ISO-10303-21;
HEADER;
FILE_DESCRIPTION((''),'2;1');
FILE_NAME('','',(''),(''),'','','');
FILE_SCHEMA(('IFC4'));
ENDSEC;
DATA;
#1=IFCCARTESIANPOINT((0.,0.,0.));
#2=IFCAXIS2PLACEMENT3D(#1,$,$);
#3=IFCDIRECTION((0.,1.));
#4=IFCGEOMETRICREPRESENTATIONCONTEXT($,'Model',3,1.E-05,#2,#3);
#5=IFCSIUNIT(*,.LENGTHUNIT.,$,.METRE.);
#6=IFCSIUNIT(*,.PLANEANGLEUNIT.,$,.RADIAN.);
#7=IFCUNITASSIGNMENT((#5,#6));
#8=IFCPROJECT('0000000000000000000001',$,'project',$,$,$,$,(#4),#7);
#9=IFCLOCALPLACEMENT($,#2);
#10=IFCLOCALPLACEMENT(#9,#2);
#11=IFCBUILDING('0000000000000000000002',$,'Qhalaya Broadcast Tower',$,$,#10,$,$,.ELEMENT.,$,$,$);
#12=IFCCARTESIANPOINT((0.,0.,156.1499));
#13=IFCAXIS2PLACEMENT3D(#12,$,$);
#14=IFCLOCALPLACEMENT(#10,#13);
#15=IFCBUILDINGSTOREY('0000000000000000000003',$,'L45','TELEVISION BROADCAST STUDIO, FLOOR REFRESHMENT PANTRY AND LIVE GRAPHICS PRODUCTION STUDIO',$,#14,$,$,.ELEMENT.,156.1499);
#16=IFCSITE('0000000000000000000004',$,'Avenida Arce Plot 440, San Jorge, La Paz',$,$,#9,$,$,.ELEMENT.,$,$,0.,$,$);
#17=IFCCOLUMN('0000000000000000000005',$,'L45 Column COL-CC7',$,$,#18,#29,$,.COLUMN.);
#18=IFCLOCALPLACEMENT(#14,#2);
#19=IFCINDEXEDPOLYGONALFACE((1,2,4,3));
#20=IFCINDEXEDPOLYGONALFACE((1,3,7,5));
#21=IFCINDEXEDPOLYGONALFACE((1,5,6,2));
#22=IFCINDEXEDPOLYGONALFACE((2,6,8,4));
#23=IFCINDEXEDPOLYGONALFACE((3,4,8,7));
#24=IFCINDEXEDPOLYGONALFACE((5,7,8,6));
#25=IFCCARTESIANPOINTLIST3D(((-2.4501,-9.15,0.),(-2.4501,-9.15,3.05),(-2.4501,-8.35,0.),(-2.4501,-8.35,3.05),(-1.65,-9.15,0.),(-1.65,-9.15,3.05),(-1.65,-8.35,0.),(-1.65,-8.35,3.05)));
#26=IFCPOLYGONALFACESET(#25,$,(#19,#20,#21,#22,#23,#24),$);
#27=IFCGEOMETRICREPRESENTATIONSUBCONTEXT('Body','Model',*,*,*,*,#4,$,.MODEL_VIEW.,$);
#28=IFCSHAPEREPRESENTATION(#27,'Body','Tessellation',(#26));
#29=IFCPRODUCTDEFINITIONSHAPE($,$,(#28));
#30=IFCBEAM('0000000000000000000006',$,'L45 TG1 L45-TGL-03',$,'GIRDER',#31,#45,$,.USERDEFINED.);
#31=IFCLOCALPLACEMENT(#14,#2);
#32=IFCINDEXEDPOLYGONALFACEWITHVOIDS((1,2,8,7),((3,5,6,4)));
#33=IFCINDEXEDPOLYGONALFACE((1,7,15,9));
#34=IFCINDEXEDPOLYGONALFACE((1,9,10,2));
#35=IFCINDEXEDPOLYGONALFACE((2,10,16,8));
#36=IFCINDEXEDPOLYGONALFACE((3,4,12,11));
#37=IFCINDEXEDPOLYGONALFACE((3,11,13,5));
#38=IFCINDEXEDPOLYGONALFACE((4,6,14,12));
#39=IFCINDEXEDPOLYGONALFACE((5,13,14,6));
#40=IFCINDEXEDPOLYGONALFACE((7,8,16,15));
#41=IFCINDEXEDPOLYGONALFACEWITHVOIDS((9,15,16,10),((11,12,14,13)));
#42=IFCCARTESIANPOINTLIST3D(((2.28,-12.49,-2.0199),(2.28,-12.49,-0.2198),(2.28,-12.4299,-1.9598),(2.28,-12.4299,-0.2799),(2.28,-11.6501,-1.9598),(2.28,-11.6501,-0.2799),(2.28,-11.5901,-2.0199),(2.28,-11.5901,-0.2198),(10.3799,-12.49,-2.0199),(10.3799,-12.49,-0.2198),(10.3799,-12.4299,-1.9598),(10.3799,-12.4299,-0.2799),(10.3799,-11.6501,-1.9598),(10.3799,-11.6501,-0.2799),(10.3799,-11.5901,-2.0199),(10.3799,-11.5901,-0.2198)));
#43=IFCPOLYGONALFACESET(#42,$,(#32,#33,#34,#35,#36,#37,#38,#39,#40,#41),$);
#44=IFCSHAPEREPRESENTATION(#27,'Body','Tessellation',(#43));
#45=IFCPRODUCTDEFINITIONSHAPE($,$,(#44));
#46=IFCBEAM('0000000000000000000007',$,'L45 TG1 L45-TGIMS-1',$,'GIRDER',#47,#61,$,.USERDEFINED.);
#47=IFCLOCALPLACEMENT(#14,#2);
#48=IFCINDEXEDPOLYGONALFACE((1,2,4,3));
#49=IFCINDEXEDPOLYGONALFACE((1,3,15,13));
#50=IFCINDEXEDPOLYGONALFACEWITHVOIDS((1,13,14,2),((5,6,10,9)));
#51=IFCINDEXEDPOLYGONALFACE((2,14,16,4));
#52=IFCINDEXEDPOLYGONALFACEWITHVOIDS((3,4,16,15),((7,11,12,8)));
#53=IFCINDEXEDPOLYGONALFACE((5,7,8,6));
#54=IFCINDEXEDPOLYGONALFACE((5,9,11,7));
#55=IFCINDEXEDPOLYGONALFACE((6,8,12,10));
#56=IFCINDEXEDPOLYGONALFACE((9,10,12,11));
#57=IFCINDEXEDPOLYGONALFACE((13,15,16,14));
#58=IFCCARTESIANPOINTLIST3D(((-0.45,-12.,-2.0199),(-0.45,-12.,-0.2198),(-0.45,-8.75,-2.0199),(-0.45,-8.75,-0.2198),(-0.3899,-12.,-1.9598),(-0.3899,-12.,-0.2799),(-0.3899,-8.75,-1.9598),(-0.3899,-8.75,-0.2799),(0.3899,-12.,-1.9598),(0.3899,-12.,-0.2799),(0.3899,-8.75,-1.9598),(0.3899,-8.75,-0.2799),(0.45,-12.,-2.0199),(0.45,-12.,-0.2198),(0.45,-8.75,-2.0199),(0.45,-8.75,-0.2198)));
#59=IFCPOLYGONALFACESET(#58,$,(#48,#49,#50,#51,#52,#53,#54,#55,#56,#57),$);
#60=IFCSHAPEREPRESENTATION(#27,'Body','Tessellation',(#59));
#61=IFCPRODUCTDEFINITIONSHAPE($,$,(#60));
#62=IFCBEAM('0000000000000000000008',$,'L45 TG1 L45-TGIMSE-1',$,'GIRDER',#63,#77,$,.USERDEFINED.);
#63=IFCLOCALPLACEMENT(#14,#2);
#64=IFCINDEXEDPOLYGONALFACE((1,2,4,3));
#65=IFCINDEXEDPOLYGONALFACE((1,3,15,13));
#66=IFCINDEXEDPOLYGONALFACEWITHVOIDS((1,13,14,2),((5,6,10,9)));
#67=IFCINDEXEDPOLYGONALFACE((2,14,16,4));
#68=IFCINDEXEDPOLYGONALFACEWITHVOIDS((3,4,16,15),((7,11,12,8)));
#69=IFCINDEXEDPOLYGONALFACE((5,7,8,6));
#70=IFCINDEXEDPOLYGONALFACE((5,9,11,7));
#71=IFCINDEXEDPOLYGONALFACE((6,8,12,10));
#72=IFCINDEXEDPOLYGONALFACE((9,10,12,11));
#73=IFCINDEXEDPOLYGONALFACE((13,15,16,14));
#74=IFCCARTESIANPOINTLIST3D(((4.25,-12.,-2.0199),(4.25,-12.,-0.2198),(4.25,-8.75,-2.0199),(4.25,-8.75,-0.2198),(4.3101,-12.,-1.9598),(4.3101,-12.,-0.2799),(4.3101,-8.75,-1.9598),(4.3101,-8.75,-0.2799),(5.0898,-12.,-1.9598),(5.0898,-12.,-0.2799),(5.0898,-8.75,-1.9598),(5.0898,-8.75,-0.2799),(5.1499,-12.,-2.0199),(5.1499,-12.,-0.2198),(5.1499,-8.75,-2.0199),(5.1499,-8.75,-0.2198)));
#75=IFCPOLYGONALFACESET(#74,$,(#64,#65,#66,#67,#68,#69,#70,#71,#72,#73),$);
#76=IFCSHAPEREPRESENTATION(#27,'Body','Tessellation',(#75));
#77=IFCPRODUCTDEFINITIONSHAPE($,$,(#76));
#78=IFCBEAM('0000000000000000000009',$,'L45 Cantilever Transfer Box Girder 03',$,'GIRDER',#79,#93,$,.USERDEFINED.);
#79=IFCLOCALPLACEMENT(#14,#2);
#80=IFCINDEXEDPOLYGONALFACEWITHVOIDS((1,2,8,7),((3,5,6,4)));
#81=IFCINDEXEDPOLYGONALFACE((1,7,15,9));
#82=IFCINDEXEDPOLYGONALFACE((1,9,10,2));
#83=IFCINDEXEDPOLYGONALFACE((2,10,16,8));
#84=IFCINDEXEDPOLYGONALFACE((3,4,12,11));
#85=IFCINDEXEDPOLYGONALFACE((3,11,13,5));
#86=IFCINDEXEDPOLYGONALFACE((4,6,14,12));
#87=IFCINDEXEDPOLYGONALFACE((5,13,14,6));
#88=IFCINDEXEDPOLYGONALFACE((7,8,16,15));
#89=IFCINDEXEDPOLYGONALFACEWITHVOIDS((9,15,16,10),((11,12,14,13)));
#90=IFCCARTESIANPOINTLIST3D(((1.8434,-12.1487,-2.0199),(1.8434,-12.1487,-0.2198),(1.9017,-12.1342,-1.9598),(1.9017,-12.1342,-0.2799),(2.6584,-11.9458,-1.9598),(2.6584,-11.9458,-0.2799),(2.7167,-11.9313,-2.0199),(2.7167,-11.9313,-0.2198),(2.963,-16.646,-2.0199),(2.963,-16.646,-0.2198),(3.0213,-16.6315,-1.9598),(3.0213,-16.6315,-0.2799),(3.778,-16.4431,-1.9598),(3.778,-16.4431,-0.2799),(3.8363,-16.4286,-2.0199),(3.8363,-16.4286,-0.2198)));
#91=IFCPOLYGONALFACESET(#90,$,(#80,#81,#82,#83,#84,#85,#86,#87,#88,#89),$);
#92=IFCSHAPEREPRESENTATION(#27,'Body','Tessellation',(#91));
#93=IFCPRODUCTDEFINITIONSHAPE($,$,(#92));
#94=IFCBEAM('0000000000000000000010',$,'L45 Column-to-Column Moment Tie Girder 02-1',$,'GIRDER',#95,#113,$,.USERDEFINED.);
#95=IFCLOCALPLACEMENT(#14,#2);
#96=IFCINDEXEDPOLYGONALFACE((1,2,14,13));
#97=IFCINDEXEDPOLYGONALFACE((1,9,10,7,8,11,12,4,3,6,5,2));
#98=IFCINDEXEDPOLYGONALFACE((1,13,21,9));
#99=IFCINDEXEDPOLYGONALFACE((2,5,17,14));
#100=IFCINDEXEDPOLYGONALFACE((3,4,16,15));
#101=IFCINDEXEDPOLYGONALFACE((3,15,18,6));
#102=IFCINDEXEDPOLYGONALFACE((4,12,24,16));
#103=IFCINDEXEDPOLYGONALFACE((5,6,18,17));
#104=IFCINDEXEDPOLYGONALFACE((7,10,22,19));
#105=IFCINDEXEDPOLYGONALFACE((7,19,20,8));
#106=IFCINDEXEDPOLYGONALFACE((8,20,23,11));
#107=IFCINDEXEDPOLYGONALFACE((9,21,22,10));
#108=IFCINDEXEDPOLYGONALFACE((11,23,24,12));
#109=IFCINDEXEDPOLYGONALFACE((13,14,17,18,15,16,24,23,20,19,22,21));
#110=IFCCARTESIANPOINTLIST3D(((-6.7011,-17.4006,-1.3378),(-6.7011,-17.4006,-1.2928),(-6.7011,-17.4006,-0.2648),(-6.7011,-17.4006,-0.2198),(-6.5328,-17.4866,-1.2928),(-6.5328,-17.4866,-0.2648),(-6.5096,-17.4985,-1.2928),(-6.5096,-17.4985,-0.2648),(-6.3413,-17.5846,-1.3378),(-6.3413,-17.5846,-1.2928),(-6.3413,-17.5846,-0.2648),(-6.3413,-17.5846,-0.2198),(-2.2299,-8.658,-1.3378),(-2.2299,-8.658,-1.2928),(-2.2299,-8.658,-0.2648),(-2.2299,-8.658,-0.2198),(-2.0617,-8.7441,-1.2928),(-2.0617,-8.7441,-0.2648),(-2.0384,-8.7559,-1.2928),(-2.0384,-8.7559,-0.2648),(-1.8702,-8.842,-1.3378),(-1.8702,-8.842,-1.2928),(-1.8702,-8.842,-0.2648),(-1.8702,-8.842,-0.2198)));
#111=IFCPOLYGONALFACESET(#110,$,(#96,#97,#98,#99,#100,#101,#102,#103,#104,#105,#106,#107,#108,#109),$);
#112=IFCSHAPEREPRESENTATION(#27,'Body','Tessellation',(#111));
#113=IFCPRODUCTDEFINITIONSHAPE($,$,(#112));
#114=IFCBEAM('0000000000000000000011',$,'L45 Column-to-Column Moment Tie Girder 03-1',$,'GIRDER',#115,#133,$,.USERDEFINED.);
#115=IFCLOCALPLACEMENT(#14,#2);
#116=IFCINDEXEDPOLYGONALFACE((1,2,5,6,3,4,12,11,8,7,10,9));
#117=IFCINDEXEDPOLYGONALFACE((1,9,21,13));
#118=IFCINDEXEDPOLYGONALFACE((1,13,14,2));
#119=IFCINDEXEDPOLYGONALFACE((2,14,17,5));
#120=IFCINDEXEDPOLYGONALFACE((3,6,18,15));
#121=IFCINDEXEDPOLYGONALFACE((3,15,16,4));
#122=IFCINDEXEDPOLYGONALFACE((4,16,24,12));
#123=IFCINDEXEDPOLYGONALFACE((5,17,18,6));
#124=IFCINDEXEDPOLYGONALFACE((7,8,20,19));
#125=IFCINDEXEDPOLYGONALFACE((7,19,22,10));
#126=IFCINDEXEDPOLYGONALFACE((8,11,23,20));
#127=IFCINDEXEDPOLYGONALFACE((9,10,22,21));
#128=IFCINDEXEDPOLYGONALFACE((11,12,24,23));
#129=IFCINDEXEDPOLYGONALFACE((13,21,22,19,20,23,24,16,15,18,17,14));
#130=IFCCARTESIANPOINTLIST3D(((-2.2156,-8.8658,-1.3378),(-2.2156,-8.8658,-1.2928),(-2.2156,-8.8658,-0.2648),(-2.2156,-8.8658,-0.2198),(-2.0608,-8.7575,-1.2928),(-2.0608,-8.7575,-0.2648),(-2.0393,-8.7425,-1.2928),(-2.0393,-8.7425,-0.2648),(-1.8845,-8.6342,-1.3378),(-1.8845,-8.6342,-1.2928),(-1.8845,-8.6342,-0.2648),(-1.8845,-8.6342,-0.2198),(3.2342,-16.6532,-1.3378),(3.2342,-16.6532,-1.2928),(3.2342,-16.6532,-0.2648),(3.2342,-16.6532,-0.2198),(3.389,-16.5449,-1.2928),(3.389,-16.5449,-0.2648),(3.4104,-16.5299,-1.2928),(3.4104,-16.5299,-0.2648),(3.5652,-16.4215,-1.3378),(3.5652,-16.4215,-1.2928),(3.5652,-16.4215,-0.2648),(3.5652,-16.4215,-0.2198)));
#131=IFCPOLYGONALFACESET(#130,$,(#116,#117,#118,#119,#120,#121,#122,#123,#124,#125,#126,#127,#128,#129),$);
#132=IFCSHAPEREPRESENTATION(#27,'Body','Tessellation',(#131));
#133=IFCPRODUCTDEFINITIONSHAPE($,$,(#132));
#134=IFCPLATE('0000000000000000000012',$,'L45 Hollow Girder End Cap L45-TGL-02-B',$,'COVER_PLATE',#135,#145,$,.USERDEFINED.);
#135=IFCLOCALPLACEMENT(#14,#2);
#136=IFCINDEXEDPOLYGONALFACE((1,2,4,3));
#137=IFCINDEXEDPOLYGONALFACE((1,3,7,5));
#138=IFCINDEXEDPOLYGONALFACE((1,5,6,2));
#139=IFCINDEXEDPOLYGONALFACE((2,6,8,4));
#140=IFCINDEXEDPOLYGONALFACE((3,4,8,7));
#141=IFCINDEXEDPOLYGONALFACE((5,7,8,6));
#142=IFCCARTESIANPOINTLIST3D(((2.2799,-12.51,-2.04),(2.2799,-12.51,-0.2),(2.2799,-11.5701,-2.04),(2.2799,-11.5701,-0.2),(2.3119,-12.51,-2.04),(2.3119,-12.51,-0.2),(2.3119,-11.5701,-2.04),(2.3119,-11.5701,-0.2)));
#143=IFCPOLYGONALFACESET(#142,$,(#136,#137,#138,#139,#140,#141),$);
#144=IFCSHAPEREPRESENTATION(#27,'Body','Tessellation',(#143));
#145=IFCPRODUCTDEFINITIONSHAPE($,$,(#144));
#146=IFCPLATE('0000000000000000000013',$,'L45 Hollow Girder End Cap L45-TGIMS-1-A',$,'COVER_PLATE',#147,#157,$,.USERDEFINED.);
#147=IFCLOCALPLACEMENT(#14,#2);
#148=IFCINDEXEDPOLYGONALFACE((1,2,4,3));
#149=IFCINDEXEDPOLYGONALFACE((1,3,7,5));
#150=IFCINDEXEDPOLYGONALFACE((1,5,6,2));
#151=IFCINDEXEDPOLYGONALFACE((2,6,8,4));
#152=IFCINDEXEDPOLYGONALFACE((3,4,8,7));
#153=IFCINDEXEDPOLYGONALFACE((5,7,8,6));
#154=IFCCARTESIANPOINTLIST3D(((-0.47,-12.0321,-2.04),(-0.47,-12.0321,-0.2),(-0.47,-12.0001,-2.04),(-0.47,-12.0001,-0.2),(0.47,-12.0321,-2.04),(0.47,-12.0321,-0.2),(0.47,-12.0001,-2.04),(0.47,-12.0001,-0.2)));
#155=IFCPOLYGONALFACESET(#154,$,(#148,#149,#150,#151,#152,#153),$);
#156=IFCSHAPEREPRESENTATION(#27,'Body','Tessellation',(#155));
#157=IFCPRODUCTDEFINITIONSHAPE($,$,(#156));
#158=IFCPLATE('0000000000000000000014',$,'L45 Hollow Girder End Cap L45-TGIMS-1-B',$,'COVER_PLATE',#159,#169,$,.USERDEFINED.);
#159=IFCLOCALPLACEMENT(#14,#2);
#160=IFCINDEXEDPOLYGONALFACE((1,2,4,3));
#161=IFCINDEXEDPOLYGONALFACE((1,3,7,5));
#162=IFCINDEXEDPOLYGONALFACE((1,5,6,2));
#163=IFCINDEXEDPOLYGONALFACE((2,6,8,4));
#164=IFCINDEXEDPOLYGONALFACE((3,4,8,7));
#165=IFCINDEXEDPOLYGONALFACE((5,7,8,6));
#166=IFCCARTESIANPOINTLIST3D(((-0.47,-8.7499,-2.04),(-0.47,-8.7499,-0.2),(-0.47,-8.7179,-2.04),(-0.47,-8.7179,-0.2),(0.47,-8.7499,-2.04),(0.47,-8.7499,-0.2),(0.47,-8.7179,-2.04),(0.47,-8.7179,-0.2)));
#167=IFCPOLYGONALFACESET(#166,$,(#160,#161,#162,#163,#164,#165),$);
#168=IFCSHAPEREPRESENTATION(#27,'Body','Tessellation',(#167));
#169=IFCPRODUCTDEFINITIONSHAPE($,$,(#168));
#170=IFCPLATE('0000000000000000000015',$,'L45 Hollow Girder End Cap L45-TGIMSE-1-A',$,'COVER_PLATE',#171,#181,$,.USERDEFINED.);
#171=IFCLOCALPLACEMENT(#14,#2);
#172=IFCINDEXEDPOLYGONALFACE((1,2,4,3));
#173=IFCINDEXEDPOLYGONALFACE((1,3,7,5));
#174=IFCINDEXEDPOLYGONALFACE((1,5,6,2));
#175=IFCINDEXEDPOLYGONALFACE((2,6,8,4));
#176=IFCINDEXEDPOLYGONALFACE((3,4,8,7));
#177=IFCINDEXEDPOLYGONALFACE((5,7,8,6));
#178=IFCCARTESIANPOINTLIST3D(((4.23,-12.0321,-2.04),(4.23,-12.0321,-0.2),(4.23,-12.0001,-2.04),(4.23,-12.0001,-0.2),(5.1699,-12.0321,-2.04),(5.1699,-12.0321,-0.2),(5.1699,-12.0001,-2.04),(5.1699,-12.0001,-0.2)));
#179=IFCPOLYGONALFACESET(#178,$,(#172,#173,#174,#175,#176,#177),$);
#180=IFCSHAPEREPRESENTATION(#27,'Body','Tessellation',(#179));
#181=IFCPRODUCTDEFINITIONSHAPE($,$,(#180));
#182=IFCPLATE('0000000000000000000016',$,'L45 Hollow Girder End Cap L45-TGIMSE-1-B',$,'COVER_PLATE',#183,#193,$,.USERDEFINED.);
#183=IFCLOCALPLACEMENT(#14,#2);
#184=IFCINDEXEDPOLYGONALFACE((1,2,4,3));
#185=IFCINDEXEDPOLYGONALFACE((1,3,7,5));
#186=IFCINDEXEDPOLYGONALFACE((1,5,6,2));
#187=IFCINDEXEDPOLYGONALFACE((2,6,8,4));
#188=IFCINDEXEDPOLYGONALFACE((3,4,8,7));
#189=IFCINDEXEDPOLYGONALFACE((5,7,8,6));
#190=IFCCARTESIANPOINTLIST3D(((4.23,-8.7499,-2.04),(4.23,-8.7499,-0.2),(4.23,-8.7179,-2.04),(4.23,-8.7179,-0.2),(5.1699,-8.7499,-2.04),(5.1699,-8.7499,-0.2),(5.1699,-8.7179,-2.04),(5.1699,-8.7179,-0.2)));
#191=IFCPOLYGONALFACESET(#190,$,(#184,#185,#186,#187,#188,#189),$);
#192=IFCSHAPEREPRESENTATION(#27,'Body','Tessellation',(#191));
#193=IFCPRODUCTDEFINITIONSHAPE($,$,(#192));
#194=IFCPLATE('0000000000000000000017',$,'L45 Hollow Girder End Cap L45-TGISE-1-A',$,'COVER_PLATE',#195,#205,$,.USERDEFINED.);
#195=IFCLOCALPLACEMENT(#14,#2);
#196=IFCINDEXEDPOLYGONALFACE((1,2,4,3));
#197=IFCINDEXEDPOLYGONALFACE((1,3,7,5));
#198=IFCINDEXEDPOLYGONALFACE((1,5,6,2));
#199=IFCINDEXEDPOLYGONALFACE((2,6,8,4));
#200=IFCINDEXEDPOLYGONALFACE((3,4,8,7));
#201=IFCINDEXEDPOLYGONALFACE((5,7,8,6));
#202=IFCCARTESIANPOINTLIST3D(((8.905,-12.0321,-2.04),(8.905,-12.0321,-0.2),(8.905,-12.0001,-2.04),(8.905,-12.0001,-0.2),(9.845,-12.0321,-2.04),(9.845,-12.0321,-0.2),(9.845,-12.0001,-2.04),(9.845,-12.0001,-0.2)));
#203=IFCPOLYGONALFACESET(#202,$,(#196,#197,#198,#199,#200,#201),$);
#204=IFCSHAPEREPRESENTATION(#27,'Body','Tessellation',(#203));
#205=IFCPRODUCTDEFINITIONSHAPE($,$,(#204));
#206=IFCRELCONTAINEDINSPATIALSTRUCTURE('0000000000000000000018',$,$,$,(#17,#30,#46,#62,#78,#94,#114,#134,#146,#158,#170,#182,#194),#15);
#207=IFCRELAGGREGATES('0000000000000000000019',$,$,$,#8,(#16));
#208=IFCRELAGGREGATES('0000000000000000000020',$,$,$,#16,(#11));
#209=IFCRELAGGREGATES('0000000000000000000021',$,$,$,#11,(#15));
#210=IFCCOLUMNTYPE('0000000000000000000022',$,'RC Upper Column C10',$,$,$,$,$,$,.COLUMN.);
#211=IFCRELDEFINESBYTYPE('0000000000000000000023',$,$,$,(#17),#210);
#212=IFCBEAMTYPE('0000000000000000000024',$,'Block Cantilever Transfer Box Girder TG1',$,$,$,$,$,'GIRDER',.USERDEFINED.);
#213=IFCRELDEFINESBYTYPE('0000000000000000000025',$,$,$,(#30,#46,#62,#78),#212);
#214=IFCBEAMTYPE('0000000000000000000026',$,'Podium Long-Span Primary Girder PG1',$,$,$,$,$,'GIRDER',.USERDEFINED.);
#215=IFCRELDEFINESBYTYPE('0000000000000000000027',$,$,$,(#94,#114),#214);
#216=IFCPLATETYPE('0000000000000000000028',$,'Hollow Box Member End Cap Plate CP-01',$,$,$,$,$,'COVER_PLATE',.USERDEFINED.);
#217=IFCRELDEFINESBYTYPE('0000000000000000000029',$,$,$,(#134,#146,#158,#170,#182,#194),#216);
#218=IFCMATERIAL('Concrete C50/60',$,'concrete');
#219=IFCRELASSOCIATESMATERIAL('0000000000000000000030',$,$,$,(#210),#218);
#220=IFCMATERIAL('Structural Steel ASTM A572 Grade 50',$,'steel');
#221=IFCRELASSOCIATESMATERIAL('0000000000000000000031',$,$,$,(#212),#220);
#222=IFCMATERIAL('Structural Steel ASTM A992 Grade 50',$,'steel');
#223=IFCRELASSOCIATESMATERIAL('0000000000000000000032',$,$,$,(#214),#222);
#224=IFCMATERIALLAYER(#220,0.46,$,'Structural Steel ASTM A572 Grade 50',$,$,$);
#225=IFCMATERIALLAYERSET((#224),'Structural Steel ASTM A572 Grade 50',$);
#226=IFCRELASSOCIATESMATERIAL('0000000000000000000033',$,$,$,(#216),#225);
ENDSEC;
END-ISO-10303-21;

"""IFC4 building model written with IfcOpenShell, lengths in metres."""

from ifc_helpers import new_model, si_unit, direction, frame, origin, origin_2d, place, context, subcontext, project, spatial, rectangle, hollow_rectangle, i_section, extrude, material, layer, layer_set, material_profile, profile_set, type_object, element, save


model = new_model("IFC4")

# Units and contexts
model_context = context("Model", 3, precision=1e-05, world=origin(), true_north=direction((0.0, 1.0)))
body_context = subcontext(model_context, "Body", "Model", "MODEL_VIEW")
ifc_project = project(units=[si_unit("LENGTHUNIT", "METRE"), si_unit("PLANEANGLEUNIT", "RADIAN")], contexts=[model_context])

# Site, building, storey
site_placement = place(None, origin())
site = spatial("IfcSite", under=ifc_project, at=site_placement, Name="Avenida Arce Plot 440, San Jorge, La Paz", CompositionType="ELEMENT", RefElevation=0.0)
building_placement = place(site_placement, origin())
building = spatial("IfcBuilding", under=site, at=building_placement, Name="Qhalaya Broadcast Tower", CompositionType="ELEMENT")
storey_placement = place(building_placement, frame((0.0, 0.0, 156.1499)))
storey = spatial("IfcBuildingStorey", under=building, at=storey_placement, Name="L45", Description="TELEVISION BROADCAST STUDIO, FLOOR REFRESHMENT PANTRY AND LIVE GRAPHICS PRODUCTION STUDIO", CompositionType="ELEMENT", Elevation=156.1499)

# Column
ifc_material_1 = material(Name="Concrete C50/60", Category="concrete")
ifc_material_profile_1 = material_profile(ifc_material_1, rectangle(XDim=0.8, YDim=0.8, at=origin_2d()), Name="RC-COL 800x800")
ifc_profile_set_1 = profile_set([ifc_material_profile_1], Name="Concrete C50/60")
column_type = type_object("IfcColumnType", Name="RC Upper Column C10", PredefinedType="COLUMN", material=ifc_profile_set_1)
column_placement = place(storey_placement, frame((-2.05, -8.75, 0.0), z_axis=(0.0, 0.0, 1.0), x_axis=(1.0, 0.0, 0.0)))
element("IfcColumn", 1, at=column_placement, inside=storey, type_object=column_type, Name="L45 Column COL-CC7", PredefinedType="COLUMN", context=body_context, shape_type="SweptSolid", body=[
    extrude(rectangle(XDim=0.8, YDim=0.8, at=origin_2d()), origin(), (0.0, 0.0, 1.0), 3.05),
])

# Beams
ifc_material_2 = material(Name="Structural Steel ASTM A572 Grade 50", Category="steel")
ifc_material_profile_2 = material_profile(ifc_material_2, hollow_rectangle(XDim=0.8999, YDim=1.8, WallThickness=0.0601, at=origin_2d()), Name="BOX 900x1800x60")
ifc_profile_set_2 = profile_set([ifc_material_profile_2], Name="Structural Steel ASTM A572 Grade 50")
beam_type_1 = type_object("IfcBeamType", Name="Block Cantilever Transfer Box Girder TG1", ElementType="GIRDER", PredefinedType="USERDEFINED", material=ifc_profile_set_2)
beam_1_placement = place(storey_placement, frame((2.28, -12.04, -1.1199), z_axis=(1.0, 0.0, 0.0), x_axis=(0.0, 1.0, 0.0)))
element("IfcBeam", 2, at=beam_1_placement, inside=storey, type_object=beam_type_1, Name="L45 TG1 L45-TGL-03", ObjectType="GIRDER", PredefinedType="USERDEFINED", context=body_context, shape_type="SweptSolid", body=[
    extrude(hollow_rectangle(XDim=0.8999, YDim=1.8, WallThickness=0.0601, at=origin_2d()), origin(), (0.0, 0.0, 1.0), 8.0999),
])
for number, where, z_axis, x_axis, name in (
    (3, (0.0, -12.0, -1.1199), (0.0, 1.0, 0.0), (-1.0, 0.0, 0.0), "L45 TG1 L45-TGIMS-1"),
    (4, (4.7, -12.0, -1.1199), (0.0, 1.0, 0.0), (-1.0, 0.0, 0.0), "L45 TG1 L45-TGIMSE-1"),
):
    element("IfcBeam", number, at=place(storey_placement, frame(where, z_axis=z_axis, x_axis=x_axis)), inside=storey, type_object=beam_type_1, Name=name, ObjectType="GIRDER", PredefinedType="USERDEFINED", context=body_context, shape_type="SweptSolid", body=[
        extrude(hollow_rectangle(XDim=0.8999, YDim=1.8, WallThickness=0.0601, at=origin_2d()), origin(), (0.0, 0.0, 1.0), 3.25),
    ])
beam_2_placement = place(storey_placement, frame((2.28, -12.04, -1.1199), z_axis=(0.241581, -0.970381, 0.0), x_axis=(0.970381, 0.241581, 0.0)))
element("IfcBeam", 5, at=beam_2_placement, inside=storey, type_object=beam_type_1, Name="L45 Cantilever Transfer Box Girder 03", ObjectType="GIRDER", PredefinedType="USERDEFINED", context=body_context, shape_type="SweptSolid", body=[
    extrude(hollow_rectangle(XDim=0.8999, YDim=1.8, WallThickness=0.0601, at=origin_2d()), origin(), (0.0, 0.0, 1.0), 4.6345),
])
ifc_material_3 = material(Name="Structural Steel ASTM A992 Grade 50", Category="steel")
ifc_material_profile_3 = material_profile(ifc_material_3, i_section(OverallWidth=0.4041, OverallDepth=1.1179, WebThickness=0.0261, FlangeThickness=0.0449, at=origin_2d()), Name="W44X335")
ifc_profile_set_3 = profile_set([ifc_material_profile_3], Name="Structural Steel ASTM A992 Grade 50")
beam_type_2 = type_object("IfcBeamType", Name="Podium Long-Span Primary Girder PG1", ElementType="GIRDER", PredefinedType="USERDEFINED", material=ifc_profile_set_3)
beam_3_placement = place(storey_placement, frame((-2.05, -8.75, -0.7788), z_axis=(-0.45533, -0.890323, 0.0), x_axis=(0.890323, -0.45533, 0.0)))
element("IfcBeam", 6, at=beam_3_placement, inside=storey, type_object=beam_type_2, Name="L45 Column-to-Column Moment Tie Girder 02-1", ObjectType="GIRDER", PredefinedType="USERDEFINED", context=body_context, shape_type="SweptSolid", body=[
    extrude(i_section(OverallWidth=0.4041, OverallDepth=1.1179, WebThickness=0.0261, FlangeThickness=0.0449, at=origin_2d()), origin(), (0.0, 0.0, 1.0), 9.8196),
])
beam_4_placement = place(storey_placement, frame((-2.05, -8.75, -0.7788), z_axis=(0.573361, -0.819303, 0.0), x_axis=(0.819303, 0.573361, 0.0)))
element("IfcBeam", 7, at=beam_4_placement, inside=storey, type_object=beam_type_2, Name="L45 Column-to-Column Moment Tie Girder 03-1", ObjectType="GIRDER", PredefinedType="USERDEFINED", context=body_context, shape_type="SweptSolid", body=[
    extrude(i_section(OverallWidth=0.4041, OverallDepth=1.1179, WebThickness=0.0261, FlangeThickness=0.0449, at=origin_2d()), origin(), (0.0, 0.0, 1.0), 9.5049),
])

# Plates
ifc_layer_1 = layer(ifc_material_2, 0.46, Name="Structural Steel ASTM A572 Grade 50")
ifc_layer_set_1 = layer_set([ifc_layer_1], Name="Structural Steel ASTM A572 Grade 50")
plate_type = type_object("IfcPlateType", Name="Hollow Box Member End Cap Plate CP-01", ElementType="COVER_PLATE", PredefinedType="USERDEFINED", material=ifc_layer_set_1)
for number, where, z_axis, x_axis, name in (
    (8, (2.2959, -12.04, -2.04), (0.0, 0.0, 1.0), (0.0, 1.0, 0.0), "L45 Hollow Girder End Cap L45-TGL-02-B"),
    (9, (0.0, -12.0161, -2.04), (0.0, 0.0, 1.0), (-1.0, 0.0, 0.0), "L45 Hollow Girder End Cap L45-TGIMS-1-A"),
    (10, (0.0, -8.7339, -2.04), (0.0, 0.0, 1.0), (-1.0, 0.0, 0.0), "L45 Hollow Girder End Cap L45-TGIMS-1-B"),
    (11, (4.7, -12.0161, -2.04), (0.0, 0.0, 1.0), (-1.0, 0.0, 0.0), "L45 Hollow Girder End Cap L45-TGIMSE-1-A"),
    (12, (4.7, -8.7339, -2.04), (0.0, 0.0, 1.0), (-1.0, 0.0, 0.0), "L45 Hollow Girder End Cap L45-TGIMSE-1-B"),
    (13, (9.375, -12.0161, -2.04), (0.0, 0.0, 1.0), (-1.0, 0.0, 0.0), "L45 Hollow Girder End Cap L45-TGISE-1-A"),
):
    element("IfcPlate", number, at=place(storey_placement, frame(where, z_axis=z_axis, x_axis=x_axis)), inside=storey, type_object=plate_type, Name=name, ObjectType="COVER_PLATE", PredefinedType="USERDEFINED", context=body_context, shape_type="SweptSolid", body=[
        extrude(rectangle(XDim=0.9399, YDim=0.032, at=origin_2d()), origin(), (0.0, 0.0, 1.0), 1.8401),
    ])

save(model, "model.ifc")
